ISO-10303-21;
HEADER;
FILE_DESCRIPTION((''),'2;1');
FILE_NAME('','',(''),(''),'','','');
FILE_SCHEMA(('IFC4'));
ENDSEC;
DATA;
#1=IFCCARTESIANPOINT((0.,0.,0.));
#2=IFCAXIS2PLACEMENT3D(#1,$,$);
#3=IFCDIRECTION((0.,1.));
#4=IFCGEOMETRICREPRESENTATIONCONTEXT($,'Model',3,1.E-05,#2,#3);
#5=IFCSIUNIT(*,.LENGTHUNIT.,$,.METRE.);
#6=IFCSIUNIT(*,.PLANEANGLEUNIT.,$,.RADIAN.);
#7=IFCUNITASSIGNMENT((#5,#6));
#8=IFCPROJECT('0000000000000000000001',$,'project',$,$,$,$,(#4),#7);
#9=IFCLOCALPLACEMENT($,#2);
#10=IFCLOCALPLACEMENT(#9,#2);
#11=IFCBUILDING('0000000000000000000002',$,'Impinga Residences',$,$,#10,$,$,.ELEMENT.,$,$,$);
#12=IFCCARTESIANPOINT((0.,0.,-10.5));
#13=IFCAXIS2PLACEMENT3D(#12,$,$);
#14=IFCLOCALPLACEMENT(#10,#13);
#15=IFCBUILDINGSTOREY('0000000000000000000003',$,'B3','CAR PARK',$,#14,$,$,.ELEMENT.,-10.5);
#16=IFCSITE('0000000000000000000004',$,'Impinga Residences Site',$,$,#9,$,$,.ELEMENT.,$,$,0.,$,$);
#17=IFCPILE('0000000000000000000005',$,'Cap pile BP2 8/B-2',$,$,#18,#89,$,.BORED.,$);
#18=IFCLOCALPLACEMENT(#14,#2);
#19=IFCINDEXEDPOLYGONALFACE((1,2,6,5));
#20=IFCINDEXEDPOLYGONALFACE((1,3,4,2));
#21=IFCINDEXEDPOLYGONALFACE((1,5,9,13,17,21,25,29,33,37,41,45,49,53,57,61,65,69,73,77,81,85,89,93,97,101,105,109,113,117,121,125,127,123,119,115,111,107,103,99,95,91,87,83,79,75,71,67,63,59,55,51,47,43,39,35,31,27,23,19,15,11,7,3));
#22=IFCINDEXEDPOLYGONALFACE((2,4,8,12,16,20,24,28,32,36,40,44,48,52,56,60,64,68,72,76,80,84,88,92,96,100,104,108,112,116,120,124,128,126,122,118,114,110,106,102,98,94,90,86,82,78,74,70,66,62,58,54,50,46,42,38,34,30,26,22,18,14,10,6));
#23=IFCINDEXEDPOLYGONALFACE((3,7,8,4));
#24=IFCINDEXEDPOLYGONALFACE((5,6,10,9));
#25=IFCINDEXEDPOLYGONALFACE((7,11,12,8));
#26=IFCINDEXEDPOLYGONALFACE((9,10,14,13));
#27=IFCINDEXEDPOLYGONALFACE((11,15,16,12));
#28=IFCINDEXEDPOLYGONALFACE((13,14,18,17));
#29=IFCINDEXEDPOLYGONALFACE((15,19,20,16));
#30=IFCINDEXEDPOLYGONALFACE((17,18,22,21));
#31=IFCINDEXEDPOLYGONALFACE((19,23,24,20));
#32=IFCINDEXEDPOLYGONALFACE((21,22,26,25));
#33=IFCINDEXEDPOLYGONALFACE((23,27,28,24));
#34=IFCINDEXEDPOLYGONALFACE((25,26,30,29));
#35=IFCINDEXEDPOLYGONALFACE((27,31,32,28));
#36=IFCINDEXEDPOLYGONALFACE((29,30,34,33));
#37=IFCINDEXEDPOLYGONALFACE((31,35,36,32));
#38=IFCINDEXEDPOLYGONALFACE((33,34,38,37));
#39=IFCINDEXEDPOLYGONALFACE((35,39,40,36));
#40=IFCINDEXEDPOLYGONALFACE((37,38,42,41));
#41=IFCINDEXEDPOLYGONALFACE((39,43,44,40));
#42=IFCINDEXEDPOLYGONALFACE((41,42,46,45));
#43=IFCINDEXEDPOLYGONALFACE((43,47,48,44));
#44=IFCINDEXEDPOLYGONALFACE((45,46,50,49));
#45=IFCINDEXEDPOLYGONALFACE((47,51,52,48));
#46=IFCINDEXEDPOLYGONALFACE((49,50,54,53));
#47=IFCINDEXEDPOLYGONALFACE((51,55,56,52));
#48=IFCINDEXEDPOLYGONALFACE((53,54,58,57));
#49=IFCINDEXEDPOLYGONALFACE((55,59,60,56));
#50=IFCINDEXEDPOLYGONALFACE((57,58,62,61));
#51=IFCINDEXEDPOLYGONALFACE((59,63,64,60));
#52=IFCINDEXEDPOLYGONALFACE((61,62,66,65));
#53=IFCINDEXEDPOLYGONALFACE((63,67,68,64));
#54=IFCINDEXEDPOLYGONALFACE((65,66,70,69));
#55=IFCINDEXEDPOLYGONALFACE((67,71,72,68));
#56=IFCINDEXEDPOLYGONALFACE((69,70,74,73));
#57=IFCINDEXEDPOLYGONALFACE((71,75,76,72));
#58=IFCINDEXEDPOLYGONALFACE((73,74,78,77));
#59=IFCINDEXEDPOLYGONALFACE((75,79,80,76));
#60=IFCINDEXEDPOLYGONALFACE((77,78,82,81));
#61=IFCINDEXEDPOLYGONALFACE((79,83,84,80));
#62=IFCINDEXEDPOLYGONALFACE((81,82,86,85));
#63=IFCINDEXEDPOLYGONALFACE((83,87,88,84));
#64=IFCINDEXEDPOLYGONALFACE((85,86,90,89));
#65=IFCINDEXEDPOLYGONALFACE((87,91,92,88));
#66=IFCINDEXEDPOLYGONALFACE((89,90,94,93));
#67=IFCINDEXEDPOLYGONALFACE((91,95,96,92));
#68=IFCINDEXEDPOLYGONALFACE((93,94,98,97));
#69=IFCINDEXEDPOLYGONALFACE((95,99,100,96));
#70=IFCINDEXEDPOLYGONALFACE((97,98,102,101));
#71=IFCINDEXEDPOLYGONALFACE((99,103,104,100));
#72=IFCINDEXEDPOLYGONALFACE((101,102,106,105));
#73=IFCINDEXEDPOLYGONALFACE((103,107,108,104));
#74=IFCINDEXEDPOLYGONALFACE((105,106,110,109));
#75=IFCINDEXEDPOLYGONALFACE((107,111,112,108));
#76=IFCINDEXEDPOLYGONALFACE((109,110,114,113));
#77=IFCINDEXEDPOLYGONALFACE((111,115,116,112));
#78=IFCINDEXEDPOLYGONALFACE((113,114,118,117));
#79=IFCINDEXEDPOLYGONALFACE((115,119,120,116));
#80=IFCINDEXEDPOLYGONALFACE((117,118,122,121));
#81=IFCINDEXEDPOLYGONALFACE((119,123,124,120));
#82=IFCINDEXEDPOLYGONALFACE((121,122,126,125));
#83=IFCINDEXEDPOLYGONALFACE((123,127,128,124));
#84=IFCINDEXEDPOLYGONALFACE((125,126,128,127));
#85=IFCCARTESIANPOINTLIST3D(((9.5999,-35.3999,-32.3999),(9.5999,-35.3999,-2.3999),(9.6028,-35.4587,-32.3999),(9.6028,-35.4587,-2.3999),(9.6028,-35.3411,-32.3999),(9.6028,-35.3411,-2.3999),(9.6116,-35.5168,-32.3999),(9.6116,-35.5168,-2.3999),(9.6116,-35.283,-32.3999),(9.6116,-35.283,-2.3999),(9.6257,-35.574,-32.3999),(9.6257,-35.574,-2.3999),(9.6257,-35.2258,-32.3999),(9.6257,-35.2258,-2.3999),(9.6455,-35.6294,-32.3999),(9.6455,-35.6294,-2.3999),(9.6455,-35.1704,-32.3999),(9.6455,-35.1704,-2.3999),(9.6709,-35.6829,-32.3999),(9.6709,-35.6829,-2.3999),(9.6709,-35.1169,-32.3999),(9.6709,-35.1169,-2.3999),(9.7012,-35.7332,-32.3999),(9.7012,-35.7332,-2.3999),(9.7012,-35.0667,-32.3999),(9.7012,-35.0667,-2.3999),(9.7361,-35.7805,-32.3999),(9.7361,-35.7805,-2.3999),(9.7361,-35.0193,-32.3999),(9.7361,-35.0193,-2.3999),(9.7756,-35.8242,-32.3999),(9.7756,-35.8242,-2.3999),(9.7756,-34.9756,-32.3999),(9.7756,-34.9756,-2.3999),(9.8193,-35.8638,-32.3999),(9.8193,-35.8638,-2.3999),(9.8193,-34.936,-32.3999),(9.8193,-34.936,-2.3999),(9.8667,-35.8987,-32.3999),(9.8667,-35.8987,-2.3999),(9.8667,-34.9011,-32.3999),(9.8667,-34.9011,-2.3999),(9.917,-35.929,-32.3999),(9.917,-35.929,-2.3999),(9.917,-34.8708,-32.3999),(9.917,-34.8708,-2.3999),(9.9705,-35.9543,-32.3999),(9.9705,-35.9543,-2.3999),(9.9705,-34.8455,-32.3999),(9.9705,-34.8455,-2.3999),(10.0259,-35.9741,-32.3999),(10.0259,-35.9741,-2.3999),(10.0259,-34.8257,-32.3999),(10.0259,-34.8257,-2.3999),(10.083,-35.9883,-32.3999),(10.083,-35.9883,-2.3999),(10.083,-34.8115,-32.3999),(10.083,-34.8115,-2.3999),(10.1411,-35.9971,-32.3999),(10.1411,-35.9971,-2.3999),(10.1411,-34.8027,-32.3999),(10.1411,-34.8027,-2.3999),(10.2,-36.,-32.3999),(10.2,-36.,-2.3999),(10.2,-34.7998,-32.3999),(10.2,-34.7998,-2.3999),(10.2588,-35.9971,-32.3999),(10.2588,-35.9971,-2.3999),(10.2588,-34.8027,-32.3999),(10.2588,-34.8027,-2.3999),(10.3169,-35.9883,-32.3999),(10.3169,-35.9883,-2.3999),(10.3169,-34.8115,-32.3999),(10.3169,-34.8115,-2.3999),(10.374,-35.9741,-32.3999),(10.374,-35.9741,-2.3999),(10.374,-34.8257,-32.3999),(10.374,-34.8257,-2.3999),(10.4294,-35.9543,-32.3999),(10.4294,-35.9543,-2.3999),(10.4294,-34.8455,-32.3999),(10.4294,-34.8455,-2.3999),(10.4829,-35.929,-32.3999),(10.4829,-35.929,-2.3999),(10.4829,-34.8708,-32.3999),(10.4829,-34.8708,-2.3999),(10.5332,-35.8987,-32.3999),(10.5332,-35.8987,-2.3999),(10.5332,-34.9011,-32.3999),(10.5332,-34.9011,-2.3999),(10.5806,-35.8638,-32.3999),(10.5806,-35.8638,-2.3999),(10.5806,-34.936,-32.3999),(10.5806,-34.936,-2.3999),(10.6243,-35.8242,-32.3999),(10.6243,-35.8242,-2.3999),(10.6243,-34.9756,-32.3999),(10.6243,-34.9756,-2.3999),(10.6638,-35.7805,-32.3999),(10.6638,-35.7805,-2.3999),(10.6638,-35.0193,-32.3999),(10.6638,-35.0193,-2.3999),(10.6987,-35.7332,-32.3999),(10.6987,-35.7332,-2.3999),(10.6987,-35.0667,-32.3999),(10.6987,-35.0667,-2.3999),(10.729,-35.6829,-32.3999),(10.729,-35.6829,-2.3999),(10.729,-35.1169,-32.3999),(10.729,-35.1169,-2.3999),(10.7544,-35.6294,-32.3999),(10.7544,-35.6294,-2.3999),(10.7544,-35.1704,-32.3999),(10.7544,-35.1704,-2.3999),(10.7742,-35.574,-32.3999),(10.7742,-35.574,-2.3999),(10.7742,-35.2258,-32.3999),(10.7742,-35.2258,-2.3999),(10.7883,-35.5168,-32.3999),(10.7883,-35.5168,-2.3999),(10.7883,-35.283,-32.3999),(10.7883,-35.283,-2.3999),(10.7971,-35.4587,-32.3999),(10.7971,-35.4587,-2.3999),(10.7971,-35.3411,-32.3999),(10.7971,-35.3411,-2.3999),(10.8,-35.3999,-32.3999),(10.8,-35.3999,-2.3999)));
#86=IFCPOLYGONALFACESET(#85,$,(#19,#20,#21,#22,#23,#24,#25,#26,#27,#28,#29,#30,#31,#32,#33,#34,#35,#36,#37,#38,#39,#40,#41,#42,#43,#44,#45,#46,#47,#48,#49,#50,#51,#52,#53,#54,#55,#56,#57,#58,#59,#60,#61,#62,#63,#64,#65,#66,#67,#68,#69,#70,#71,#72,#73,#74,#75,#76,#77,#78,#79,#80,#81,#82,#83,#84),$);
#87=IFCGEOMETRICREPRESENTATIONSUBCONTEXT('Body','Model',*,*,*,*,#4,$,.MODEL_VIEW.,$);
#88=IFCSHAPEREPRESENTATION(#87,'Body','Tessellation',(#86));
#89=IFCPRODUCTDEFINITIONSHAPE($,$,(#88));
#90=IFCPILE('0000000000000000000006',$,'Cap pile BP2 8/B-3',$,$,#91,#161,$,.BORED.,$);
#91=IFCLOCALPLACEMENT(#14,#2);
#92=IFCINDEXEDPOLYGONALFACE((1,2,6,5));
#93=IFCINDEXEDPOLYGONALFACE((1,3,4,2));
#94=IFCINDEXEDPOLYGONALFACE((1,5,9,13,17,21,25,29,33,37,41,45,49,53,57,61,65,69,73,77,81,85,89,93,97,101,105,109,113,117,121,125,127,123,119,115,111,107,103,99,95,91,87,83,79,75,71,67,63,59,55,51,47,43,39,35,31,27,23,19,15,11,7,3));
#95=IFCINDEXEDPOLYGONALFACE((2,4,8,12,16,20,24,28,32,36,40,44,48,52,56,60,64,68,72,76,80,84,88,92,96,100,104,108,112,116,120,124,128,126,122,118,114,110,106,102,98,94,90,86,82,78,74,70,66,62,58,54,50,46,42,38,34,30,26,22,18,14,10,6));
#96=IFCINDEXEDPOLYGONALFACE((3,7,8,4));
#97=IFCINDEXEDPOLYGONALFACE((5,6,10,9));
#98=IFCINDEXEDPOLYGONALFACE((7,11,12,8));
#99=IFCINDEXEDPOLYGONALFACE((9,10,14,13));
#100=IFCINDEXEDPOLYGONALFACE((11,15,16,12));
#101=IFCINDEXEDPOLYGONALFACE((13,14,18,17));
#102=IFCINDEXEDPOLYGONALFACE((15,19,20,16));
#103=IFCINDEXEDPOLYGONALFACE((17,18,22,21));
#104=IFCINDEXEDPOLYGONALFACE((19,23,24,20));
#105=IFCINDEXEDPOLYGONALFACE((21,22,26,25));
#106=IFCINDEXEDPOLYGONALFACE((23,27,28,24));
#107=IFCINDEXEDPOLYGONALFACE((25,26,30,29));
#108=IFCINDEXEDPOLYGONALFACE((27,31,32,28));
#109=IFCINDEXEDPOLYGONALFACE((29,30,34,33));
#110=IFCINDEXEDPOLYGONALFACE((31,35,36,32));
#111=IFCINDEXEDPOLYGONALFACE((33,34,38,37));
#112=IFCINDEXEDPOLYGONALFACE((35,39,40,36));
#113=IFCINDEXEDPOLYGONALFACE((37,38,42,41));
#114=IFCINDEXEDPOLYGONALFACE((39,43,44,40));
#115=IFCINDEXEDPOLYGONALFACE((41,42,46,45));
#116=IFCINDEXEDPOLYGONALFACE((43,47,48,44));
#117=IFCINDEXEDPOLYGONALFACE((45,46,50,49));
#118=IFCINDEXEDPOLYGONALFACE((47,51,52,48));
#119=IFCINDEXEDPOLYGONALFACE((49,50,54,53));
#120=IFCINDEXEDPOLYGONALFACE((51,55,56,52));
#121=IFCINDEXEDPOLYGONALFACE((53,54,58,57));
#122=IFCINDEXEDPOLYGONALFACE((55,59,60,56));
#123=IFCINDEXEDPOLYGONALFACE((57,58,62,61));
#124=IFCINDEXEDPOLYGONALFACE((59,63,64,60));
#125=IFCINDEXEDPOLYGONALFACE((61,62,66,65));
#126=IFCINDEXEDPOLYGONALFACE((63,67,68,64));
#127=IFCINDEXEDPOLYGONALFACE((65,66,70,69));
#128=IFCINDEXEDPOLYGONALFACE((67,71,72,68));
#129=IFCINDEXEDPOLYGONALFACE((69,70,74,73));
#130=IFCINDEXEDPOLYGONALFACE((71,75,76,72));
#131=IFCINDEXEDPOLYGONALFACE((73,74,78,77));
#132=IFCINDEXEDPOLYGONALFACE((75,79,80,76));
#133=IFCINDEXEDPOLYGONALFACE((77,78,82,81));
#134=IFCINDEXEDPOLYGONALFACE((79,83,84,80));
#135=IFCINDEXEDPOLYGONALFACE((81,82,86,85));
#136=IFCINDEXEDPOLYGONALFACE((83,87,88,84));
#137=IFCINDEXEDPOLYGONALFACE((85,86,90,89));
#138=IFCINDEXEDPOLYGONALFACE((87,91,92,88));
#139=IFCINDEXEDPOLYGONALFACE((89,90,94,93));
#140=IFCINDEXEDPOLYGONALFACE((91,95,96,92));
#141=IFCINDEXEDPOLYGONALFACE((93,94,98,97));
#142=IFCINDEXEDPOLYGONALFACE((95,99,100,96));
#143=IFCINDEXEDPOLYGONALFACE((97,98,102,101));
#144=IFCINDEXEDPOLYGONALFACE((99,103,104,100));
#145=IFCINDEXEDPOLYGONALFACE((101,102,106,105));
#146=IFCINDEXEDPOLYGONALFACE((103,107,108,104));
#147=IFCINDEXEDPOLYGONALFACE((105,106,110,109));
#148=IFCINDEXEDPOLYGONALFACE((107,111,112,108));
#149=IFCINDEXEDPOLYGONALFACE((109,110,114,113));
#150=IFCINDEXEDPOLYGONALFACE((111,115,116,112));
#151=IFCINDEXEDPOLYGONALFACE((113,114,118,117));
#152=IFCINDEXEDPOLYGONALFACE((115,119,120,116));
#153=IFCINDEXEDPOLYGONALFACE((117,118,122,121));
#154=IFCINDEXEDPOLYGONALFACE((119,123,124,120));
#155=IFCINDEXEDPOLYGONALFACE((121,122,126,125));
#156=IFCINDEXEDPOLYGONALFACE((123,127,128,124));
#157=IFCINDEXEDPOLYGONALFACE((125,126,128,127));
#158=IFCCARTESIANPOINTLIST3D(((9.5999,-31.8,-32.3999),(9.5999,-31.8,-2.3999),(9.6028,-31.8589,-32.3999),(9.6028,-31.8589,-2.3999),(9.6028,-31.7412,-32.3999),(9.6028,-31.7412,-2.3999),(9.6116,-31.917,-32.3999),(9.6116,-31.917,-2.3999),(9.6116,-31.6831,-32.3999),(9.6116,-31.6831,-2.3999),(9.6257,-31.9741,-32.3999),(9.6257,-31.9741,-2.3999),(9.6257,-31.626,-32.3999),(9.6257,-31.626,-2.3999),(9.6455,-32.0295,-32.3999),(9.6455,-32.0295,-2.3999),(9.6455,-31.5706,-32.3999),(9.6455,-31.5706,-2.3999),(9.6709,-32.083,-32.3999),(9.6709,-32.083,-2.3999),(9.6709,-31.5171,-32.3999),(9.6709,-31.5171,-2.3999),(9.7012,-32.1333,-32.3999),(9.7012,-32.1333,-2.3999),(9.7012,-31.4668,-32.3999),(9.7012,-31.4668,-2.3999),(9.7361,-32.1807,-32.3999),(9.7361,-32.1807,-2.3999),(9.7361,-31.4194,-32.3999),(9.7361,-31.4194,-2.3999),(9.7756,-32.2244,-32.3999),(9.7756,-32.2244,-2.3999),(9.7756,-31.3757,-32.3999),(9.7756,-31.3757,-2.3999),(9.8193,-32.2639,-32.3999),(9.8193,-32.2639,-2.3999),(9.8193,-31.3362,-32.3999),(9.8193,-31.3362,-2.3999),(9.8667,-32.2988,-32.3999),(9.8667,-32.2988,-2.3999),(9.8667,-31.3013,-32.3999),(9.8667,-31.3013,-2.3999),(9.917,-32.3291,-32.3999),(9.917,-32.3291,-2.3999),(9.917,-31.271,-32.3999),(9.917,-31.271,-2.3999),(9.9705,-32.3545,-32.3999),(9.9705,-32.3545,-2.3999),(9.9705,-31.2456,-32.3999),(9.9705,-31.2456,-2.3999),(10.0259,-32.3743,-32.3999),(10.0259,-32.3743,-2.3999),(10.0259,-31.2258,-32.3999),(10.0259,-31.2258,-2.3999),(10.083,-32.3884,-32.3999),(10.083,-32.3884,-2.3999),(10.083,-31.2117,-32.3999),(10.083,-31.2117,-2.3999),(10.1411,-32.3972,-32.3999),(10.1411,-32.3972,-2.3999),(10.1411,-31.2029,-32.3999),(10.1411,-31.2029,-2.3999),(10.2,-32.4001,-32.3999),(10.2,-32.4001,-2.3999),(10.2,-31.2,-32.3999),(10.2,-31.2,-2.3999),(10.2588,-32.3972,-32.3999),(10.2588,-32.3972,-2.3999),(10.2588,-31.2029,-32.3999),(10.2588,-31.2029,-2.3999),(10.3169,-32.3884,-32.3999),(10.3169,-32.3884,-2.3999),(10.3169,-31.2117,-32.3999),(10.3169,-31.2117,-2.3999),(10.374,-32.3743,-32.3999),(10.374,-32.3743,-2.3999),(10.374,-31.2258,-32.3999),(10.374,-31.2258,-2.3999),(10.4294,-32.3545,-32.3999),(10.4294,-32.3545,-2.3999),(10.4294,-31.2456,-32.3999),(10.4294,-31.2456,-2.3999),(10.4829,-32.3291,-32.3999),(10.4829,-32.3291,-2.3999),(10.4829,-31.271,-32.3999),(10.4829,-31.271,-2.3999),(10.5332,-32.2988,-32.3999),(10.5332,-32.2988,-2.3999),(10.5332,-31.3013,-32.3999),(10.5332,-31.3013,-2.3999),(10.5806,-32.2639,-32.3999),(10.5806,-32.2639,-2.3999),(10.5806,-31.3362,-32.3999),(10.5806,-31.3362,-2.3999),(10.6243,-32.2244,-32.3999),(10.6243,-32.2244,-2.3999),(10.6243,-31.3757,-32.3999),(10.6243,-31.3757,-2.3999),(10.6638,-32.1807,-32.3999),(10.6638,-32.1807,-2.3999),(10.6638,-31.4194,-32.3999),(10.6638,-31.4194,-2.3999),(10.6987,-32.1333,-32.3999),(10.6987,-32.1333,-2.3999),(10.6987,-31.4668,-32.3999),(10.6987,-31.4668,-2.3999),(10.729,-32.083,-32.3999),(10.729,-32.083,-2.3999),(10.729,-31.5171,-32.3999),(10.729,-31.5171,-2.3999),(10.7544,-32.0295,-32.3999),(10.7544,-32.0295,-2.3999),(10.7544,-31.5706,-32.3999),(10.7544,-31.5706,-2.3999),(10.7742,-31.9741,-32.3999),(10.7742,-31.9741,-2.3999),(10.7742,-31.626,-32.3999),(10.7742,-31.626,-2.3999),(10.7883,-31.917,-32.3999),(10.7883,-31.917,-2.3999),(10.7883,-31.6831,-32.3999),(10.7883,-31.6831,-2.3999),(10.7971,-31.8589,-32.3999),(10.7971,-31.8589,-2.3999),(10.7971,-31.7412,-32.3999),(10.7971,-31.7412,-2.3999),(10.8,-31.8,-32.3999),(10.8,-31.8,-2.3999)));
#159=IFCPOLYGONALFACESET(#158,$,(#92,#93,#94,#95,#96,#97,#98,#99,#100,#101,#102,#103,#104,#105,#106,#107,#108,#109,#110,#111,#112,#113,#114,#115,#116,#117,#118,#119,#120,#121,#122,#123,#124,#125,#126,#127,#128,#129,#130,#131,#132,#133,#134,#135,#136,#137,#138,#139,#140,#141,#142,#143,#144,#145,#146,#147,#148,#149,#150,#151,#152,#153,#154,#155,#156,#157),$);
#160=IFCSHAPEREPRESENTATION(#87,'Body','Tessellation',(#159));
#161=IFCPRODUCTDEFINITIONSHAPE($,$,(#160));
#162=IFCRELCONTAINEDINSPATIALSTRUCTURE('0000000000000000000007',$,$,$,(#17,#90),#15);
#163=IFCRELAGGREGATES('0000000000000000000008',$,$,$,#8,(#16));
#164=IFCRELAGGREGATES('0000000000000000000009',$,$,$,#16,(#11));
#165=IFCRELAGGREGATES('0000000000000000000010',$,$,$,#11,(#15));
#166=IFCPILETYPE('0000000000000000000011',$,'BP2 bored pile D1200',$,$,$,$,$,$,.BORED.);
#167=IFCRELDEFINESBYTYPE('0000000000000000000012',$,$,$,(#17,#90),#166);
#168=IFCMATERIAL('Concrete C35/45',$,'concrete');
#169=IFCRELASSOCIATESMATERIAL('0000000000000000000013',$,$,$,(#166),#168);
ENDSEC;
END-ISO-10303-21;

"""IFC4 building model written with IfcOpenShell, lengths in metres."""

from ifc_helpers import new_model, si_unit, direction, frame, origin, origin_2d, place, context, subcontext, project, spatial, polyline, circle, outline, extrude, material, material_profile, profile_set, type_object, element, save


model = new_model("IFC4")

# Units and contexts
model_context = context("Model", 3, precision=1e-05, world=origin(), true_north=direction((0.0, 1.0)))
body_context = subcontext(model_context, "Body", "Model", "MODEL_VIEW")
ifc_project = project(units=[si_unit("LENGTHUNIT", "METRE"), si_unit("PLANEANGLEUNIT", "RADIAN")], contexts=[model_context])

# Site, building, storey
site_placement = place(None, origin())
site = spatial("IfcSite", under=ifc_project, at=site_placement, Name="Impinga Residences Site", CompositionType="ELEMENT", RefElevation=0.0)
building_placement = place(site_placement, origin())
building = spatial("IfcBuilding", under=site, at=building_placement, Name="Impinga Residences", CompositionType="ELEMENT")
storey_placement = place(building_placement, frame((0.0, 0.0, -10.5)))
storey = spatial("IfcBuildingStorey", under=building, at=storey_placement, Name="B3", Description="CAR PARK", CompositionType="ELEMENT", Elevation=-10.5)

# Piles
ifc_material_1 = material(Name="Concrete C35/45", Category="concrete")
ifc_material_profile_1 = material_profile(ifc_material_1, circle(Radius=0.6001, at=origin_2d()), Name="D1200")
ifc_profile_set_1 = profile_set([ifc_material_profile_1], Name="Concrete C35/45")
pile_type = type_object("IfcPileType", Name="BP2 bored pile D1200", PredefinedType="BORED", material=ifc_profile_set_1)
pile_1_placement = place(storey_placement, frame((10.2, -35.3999, -2.3999), z_axis=(0.0, 0.0, -1.0), x_axis=(1.0, 0.0, 0.0)))
element("IfcPile", 1, at=pile_1_placement, inside=storey, type_object=pile_type, Name="Cap pile BP2 8/B-2", PredefinedType="BORED", context=body_context, shape_type="SweptSolid", body=[
    extrude(outline(polyline([(0.6001, 0.0), (0.5972, 0.0588), (0.5884, 0.1169), (0.5742, 0.1741), (0.5544, 0.2295), (0.5291, 0.283), (0.4988, 0.3333), (0.4639, 0.3806), (0.4243, 0.4243), (0.3806, 0.4639), (0.3333, 0.4988), (0.283, 0.5291), (0.2295, 0.5544), (0.1741, 0.5742), (0.1169, 0.5884), (0.0588, 0.5972), (0.0, 0.6001), (-0.0588, 0.5972), (-0.1169, 0.5884), (-0.1741, 0.5742), (-0.2295, 0.5544), (-0.283, 0.5291), (-0.3333, 0.4988), (-0.3806, 0.4639), (-0.4243, 0.4243), (-0.4639, 0.3806), (-0.4988, 0.3333), (-0.5291, 0.283), (-0.5544, 0.2295), (-0.5742, 0.1741), (-0.5884, 0.1169), (-0.5972, 0.0588), (-0.6001, 0.0), (-0.5972, -0.0588), (-0.5884, -0.1169), (-0.5742, -0.1741), (-0.5544, -0.2295), (-0.5291, -0.283), (-0.4988, -0.3333), (-0.4639, -0.3806), (-0.4243, -0.4243), (-0.3806, -0.4639), (-0.3333, -0.4988), (-0.283, -0.5291), (-0.2295, -0.5544), (-0.1741, -0.5742), (-0.1169, -0.5884), (-0.0588, -0.5972), (0.0, -0.6001), (0.0588, -0.5972), (0.1169, -0.5884), (0.1741, -0.5742), (0.2295, -0.5544), (0.283, -0.5291), (0.3333, -0.4988), (0.3806, -0.4639), (0.4243, -0.4243), (0.4639, -0.3806), (0.4988, -0.3333), (0.5291, -0.283), (0.5544, -0.2295), (0.5742, -0.1741), (0.5884, -0.1169), (0.5972, -0.0588), (0.6001, 0.0)])), origin(), (0.0, 0.0, 1.0), 30.0),
])
pile_2_placement = place(storey_placement, frame((10.2, -31.8, -2.3999), z_axis=(0.0, 0.0, -1.0), x_axis=(1.0, 0.0, 0.0)))
element("IfcPile", 2, at=pile_2_placement, inside=storey, type_object=pile_type, Name="Cap pile BP2 8/B-3", PredefinedType="BORED", context=body_context, shape_type="SweptSolid", body=[
    extrude(outline(polyline([(0.6001, 0.0), (0.5972, 0.0588), (0.5884, 0.1169), (0.5742, 0.1741), (0.5544, 0.2295), (0.5291, 0.283), (0.4988, 0.3333), (0.4639, 0.3806), (0.4243, 0.4243), (0.3806, 0.4639), (0.3333, 0.4988), (0.283, 0.5291), (0.2295, 0.5544), (0.1741, 0.5742), (0.1169, 0.5884), (0.0588, 0.5972), (0.0, 0.6001), (-0.0588, 0.5972), (-0.1169, 0.5884), (-0.1741, 0.5742), (-0.2295, 0.5544), (-0.283, 0.5291), (-0.3333, 0.4988), (-0.3806, 0.4639), (-0.4243, 0.4243), (-0.4639, 0.3806), (-0.4988, 0.3333), (-0.5291, 0.283), (-0.5544, 0.2295), (-0.5742, 0.1741), (-0.5884, 0.1169), (-0.5972, 0.0588), (-0.6001, 0.0), (-0.5972, -0.0588), (-0.5884, -0.1169), (-0.5742, -0.1741), (-0.5544, -0.2295), (-0.5291, -0.283), (-0.4988, -0.3333), (-0.4639, -0.3806), (-0.4243, -0.4243), (-0.3806, -0.4639), (-0.3333, -0.4988), (-0.283, -0.5291), (-0.2295, -0.5544), (-0.1741, -0.5742), (-0.1169, -0.5884), (-0.0588, -0.5972), (0.0, -0.6001), (0.0588, -0.5972), (0.1169, -0.5884), (0.1741, -0.5742), (0.2295, -0.5544), (0.283, -0.5291), (0.3333, -0.4988), (0.3806, -0.4639), (0.4243, -0.4243), (0.4639, -0.3806), (0.4988, -0.3333), (0.5291, -0.283), (0.5544, -0.2295), (0.5742, -0.1741), (0.5884, -0.1169), (0.5972, -0.0588), (0.6001, 0.0)])), origin(), (0.0, 0.0, 1.0), 30.0),
])

save(model, "model.ifc")
